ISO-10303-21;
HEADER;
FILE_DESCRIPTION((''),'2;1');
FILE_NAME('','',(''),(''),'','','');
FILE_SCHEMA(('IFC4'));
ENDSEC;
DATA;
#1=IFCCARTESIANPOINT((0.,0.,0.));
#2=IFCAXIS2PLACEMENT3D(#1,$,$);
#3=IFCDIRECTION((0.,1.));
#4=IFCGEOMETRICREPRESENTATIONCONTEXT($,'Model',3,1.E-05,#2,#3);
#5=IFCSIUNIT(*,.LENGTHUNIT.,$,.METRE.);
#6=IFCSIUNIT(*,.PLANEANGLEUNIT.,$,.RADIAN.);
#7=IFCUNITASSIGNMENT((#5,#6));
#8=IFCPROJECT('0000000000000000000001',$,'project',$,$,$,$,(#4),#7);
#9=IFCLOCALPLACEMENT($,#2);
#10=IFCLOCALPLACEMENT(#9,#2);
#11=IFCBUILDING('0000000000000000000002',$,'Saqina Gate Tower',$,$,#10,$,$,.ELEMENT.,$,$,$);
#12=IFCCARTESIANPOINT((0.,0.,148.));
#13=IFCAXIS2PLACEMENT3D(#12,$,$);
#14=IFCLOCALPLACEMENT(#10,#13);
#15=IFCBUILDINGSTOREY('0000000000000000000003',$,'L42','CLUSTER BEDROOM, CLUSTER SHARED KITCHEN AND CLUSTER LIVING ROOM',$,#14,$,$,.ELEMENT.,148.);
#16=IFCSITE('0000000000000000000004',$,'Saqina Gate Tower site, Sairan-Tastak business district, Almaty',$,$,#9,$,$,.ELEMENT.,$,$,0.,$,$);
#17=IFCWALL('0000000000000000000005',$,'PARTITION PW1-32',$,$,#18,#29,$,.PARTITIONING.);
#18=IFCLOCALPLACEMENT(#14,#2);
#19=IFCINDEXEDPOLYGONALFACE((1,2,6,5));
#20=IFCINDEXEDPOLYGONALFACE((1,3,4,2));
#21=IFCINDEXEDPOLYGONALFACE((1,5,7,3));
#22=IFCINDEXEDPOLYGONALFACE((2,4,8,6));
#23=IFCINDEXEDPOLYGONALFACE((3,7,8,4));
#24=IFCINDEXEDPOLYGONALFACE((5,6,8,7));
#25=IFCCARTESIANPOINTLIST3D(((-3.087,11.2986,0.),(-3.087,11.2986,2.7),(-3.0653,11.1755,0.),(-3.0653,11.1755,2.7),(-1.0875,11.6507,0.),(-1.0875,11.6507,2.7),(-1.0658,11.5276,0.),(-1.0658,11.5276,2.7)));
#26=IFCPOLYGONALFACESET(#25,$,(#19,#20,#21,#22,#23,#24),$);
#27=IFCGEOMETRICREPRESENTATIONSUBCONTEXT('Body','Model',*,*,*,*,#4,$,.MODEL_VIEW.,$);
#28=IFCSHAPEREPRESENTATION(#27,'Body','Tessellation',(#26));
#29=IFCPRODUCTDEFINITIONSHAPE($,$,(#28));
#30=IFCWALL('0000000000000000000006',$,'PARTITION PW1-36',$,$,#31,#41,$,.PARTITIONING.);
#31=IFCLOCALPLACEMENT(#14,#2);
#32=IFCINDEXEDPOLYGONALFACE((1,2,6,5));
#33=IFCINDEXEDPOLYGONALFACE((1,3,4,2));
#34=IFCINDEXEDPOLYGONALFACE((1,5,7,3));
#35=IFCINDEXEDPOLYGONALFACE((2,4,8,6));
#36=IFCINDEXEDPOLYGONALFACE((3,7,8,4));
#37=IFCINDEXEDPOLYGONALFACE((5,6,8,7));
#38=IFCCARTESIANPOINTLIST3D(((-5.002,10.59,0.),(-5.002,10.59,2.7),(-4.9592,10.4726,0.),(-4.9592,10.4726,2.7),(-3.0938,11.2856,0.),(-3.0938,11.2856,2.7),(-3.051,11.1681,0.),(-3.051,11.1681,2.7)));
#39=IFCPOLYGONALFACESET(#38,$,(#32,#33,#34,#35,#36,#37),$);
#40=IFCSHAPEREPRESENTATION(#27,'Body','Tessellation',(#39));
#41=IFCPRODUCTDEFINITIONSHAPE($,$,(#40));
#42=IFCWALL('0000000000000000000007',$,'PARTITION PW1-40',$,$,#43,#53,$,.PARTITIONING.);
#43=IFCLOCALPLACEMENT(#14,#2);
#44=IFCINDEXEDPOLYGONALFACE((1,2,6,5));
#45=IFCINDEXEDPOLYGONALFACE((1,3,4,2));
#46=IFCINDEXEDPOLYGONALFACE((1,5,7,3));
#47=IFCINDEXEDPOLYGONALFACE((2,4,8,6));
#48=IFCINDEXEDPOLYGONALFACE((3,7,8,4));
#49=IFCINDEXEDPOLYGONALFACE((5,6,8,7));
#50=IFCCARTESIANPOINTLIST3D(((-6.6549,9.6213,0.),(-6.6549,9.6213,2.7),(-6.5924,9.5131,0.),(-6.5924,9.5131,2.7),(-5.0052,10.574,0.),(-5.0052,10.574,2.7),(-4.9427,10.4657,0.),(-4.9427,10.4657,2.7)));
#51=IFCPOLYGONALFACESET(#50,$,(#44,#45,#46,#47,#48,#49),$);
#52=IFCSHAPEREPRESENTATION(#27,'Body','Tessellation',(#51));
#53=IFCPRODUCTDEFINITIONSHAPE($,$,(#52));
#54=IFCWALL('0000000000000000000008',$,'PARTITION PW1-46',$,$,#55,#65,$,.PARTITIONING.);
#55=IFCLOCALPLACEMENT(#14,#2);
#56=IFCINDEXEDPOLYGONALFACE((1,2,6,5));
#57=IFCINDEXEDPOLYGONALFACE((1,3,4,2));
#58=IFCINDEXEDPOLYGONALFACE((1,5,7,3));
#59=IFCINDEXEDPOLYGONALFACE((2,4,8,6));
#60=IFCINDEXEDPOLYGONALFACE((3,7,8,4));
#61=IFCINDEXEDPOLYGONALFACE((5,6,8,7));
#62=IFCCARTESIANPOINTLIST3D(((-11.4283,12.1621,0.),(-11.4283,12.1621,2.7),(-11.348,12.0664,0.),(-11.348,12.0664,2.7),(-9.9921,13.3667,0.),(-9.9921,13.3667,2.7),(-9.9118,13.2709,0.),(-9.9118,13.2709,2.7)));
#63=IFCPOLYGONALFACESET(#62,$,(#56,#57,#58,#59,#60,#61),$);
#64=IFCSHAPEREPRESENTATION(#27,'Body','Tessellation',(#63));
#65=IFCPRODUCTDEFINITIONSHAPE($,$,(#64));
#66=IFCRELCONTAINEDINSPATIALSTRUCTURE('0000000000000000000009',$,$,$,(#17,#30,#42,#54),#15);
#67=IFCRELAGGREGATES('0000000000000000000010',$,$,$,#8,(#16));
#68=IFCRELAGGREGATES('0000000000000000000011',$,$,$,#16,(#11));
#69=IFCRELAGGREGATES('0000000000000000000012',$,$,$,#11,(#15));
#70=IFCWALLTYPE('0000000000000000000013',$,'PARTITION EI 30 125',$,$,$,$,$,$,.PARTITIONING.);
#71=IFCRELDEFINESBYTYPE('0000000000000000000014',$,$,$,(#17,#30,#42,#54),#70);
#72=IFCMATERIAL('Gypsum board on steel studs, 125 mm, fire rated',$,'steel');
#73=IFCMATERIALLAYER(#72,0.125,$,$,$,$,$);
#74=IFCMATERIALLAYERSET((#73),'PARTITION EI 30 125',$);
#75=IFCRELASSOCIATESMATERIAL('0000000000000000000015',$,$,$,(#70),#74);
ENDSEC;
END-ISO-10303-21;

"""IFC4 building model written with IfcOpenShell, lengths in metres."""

from ifc_helpers import new_model, si_unit, direction, frame, frame_2d, origin, place, context, subcontext, project, spatial, rectangle, extrude, material, layer, layer_set, type_object, element, save


model = new_model("IFC4")

# Units and contexts
model_context = context("Model", 3, precision=1e-05, world=origin(), true_north=direction((0.0, 1.0)))
body_context = subcontext(model_context, "Body", "Model", "MODEL_VIEW")
ifc_project = project(units=[si_unit("LENGTHUNIT", "METRE"), si_unit("PLANEANGLEUNIT", "RADIAN")], contexts=[model_context])

# Site, building, storey
site_placement = place(None, origin())
site = spatial("IfcSite", under=ifc_project, at=site_placement, Name="Saqina Gate Tower site, Sairan-Tastak business district, Almaty", CompositionType="ELEMENT", RefElevation=0.0)
building_placement = place(site_placement, origin())
building = spatial("IfcBuilding", under=site, at=building_placement, Name="Saqina Gate Tower", CompositionType="ELEMENT")
storey_placement = place(building_placement, frame((0.0, 0.0, 148.0)))
storey = spatial("IfcBuildingStorey", under=building, at=storey_placement, Name="L42", Description="CLUSTER BEDROOM, CLUSTER SHARED KITCHEN AND CLUSTER LIVING ROOM", CompositionType="ELEMENT", Elevation=148.0)

# Walls
ifc_material_1 = material(Name="Gypsum board on steel studs, 125 mm, fire rated", Category="steel")
ifc_layer_1 = layer(ifc_material_1, 0.125)
ifc_layer_set_1 = layer_set([ifc_layer_1], Name="PARTITION EI 30 125")
wall_type_1 = type_object("IfcWallType", Name="PARTITION EI 30 125", PredefinedType="PARTITIONING", material=ifc_layer_set_1)
wall_1_placement = place(storey_placement, frame((-3.0762, 11.2371, 0.0), z_axis=(0.0, 0.0, 1.0), x_axis=(0.984851, 0.173401, 0.0)))
element("IfcWall", 1, at=wall_1_placement, inside=storey, type_object=wall_type_1, Name="PARTITION PW1-32", PredefinedType="PARTITIONING", context=body_context, shape_type="SweptSolid", body=[
    extrude(rectangle(XDim=2.0303, YDim=0.125, at=frame_2d((1.0151, 0.0))), origin(), (0.0, 0.0, 1.0), 2.7),
])
wall_2_placement = place(storey_placement, frame((-4.9807, 10.5312, 0.0), z_axis=(0.0, 0.0, 1.0), x_axis=(0.93953, 0.342467, 0.0)))
element("IfcWall", 2, at=wall_2_placement, inside=storey, type_object=wall_type_1, Name="PARTITION PW1-36", PredefinedType="PARTITIONING", context=body_context, shape_type="SweptSolid", body=[
    extrude(rectangle(XDim=2.031, YDim=0.125, at=frame_2d((1.0156, 0.0))), origin(), (0.0, 0.0, 1.0), 2.7),
])
wall_3_placement = place(storey_placement, frame((-6.6238, 9.5671, 0.0), z_axis=(0.0, 0.0, 1.0), x_axis=(0.865979, 0.500081, 0.0)))
element("IfcWall", 3, at=wall_3_placement, inside=storey, type_object=wall_type_1, Name="PARTITION PW1-40", PredefinedType="PARTITIONING", context=body_context, shape_type="SweptSolid", body=[
    extrude(rectangle(XDim=1.905, YDim=0.125, at=frame_2d((0.9526, 0.0))), origin(), (0.0, 0.0, 1.0), 2.7),
])
wall_4_placement = place(storey_placement, frame((-11.3882, 12.1143, 0.0), z_axis=(0.0, 0.0, 1.0), x_axis=(0.7662, 0.642602, 0.0)))
element("IfcWall", 4, at=wall_4_placement, inside=storey, type_object=wall_type_1, Name="PARTITION PW1-46", PredefinedType="PARTITIONING", context=body_context, shape_type="SweptSolid", body=[
    extrude(rectangle(XDim=1.8745, YDim=0.125, at=frame_2d((0.9373, 0.0))), origin(), (0.0, 0.0, 1.0), 2.7),
])

save(model, "model.ifc")
